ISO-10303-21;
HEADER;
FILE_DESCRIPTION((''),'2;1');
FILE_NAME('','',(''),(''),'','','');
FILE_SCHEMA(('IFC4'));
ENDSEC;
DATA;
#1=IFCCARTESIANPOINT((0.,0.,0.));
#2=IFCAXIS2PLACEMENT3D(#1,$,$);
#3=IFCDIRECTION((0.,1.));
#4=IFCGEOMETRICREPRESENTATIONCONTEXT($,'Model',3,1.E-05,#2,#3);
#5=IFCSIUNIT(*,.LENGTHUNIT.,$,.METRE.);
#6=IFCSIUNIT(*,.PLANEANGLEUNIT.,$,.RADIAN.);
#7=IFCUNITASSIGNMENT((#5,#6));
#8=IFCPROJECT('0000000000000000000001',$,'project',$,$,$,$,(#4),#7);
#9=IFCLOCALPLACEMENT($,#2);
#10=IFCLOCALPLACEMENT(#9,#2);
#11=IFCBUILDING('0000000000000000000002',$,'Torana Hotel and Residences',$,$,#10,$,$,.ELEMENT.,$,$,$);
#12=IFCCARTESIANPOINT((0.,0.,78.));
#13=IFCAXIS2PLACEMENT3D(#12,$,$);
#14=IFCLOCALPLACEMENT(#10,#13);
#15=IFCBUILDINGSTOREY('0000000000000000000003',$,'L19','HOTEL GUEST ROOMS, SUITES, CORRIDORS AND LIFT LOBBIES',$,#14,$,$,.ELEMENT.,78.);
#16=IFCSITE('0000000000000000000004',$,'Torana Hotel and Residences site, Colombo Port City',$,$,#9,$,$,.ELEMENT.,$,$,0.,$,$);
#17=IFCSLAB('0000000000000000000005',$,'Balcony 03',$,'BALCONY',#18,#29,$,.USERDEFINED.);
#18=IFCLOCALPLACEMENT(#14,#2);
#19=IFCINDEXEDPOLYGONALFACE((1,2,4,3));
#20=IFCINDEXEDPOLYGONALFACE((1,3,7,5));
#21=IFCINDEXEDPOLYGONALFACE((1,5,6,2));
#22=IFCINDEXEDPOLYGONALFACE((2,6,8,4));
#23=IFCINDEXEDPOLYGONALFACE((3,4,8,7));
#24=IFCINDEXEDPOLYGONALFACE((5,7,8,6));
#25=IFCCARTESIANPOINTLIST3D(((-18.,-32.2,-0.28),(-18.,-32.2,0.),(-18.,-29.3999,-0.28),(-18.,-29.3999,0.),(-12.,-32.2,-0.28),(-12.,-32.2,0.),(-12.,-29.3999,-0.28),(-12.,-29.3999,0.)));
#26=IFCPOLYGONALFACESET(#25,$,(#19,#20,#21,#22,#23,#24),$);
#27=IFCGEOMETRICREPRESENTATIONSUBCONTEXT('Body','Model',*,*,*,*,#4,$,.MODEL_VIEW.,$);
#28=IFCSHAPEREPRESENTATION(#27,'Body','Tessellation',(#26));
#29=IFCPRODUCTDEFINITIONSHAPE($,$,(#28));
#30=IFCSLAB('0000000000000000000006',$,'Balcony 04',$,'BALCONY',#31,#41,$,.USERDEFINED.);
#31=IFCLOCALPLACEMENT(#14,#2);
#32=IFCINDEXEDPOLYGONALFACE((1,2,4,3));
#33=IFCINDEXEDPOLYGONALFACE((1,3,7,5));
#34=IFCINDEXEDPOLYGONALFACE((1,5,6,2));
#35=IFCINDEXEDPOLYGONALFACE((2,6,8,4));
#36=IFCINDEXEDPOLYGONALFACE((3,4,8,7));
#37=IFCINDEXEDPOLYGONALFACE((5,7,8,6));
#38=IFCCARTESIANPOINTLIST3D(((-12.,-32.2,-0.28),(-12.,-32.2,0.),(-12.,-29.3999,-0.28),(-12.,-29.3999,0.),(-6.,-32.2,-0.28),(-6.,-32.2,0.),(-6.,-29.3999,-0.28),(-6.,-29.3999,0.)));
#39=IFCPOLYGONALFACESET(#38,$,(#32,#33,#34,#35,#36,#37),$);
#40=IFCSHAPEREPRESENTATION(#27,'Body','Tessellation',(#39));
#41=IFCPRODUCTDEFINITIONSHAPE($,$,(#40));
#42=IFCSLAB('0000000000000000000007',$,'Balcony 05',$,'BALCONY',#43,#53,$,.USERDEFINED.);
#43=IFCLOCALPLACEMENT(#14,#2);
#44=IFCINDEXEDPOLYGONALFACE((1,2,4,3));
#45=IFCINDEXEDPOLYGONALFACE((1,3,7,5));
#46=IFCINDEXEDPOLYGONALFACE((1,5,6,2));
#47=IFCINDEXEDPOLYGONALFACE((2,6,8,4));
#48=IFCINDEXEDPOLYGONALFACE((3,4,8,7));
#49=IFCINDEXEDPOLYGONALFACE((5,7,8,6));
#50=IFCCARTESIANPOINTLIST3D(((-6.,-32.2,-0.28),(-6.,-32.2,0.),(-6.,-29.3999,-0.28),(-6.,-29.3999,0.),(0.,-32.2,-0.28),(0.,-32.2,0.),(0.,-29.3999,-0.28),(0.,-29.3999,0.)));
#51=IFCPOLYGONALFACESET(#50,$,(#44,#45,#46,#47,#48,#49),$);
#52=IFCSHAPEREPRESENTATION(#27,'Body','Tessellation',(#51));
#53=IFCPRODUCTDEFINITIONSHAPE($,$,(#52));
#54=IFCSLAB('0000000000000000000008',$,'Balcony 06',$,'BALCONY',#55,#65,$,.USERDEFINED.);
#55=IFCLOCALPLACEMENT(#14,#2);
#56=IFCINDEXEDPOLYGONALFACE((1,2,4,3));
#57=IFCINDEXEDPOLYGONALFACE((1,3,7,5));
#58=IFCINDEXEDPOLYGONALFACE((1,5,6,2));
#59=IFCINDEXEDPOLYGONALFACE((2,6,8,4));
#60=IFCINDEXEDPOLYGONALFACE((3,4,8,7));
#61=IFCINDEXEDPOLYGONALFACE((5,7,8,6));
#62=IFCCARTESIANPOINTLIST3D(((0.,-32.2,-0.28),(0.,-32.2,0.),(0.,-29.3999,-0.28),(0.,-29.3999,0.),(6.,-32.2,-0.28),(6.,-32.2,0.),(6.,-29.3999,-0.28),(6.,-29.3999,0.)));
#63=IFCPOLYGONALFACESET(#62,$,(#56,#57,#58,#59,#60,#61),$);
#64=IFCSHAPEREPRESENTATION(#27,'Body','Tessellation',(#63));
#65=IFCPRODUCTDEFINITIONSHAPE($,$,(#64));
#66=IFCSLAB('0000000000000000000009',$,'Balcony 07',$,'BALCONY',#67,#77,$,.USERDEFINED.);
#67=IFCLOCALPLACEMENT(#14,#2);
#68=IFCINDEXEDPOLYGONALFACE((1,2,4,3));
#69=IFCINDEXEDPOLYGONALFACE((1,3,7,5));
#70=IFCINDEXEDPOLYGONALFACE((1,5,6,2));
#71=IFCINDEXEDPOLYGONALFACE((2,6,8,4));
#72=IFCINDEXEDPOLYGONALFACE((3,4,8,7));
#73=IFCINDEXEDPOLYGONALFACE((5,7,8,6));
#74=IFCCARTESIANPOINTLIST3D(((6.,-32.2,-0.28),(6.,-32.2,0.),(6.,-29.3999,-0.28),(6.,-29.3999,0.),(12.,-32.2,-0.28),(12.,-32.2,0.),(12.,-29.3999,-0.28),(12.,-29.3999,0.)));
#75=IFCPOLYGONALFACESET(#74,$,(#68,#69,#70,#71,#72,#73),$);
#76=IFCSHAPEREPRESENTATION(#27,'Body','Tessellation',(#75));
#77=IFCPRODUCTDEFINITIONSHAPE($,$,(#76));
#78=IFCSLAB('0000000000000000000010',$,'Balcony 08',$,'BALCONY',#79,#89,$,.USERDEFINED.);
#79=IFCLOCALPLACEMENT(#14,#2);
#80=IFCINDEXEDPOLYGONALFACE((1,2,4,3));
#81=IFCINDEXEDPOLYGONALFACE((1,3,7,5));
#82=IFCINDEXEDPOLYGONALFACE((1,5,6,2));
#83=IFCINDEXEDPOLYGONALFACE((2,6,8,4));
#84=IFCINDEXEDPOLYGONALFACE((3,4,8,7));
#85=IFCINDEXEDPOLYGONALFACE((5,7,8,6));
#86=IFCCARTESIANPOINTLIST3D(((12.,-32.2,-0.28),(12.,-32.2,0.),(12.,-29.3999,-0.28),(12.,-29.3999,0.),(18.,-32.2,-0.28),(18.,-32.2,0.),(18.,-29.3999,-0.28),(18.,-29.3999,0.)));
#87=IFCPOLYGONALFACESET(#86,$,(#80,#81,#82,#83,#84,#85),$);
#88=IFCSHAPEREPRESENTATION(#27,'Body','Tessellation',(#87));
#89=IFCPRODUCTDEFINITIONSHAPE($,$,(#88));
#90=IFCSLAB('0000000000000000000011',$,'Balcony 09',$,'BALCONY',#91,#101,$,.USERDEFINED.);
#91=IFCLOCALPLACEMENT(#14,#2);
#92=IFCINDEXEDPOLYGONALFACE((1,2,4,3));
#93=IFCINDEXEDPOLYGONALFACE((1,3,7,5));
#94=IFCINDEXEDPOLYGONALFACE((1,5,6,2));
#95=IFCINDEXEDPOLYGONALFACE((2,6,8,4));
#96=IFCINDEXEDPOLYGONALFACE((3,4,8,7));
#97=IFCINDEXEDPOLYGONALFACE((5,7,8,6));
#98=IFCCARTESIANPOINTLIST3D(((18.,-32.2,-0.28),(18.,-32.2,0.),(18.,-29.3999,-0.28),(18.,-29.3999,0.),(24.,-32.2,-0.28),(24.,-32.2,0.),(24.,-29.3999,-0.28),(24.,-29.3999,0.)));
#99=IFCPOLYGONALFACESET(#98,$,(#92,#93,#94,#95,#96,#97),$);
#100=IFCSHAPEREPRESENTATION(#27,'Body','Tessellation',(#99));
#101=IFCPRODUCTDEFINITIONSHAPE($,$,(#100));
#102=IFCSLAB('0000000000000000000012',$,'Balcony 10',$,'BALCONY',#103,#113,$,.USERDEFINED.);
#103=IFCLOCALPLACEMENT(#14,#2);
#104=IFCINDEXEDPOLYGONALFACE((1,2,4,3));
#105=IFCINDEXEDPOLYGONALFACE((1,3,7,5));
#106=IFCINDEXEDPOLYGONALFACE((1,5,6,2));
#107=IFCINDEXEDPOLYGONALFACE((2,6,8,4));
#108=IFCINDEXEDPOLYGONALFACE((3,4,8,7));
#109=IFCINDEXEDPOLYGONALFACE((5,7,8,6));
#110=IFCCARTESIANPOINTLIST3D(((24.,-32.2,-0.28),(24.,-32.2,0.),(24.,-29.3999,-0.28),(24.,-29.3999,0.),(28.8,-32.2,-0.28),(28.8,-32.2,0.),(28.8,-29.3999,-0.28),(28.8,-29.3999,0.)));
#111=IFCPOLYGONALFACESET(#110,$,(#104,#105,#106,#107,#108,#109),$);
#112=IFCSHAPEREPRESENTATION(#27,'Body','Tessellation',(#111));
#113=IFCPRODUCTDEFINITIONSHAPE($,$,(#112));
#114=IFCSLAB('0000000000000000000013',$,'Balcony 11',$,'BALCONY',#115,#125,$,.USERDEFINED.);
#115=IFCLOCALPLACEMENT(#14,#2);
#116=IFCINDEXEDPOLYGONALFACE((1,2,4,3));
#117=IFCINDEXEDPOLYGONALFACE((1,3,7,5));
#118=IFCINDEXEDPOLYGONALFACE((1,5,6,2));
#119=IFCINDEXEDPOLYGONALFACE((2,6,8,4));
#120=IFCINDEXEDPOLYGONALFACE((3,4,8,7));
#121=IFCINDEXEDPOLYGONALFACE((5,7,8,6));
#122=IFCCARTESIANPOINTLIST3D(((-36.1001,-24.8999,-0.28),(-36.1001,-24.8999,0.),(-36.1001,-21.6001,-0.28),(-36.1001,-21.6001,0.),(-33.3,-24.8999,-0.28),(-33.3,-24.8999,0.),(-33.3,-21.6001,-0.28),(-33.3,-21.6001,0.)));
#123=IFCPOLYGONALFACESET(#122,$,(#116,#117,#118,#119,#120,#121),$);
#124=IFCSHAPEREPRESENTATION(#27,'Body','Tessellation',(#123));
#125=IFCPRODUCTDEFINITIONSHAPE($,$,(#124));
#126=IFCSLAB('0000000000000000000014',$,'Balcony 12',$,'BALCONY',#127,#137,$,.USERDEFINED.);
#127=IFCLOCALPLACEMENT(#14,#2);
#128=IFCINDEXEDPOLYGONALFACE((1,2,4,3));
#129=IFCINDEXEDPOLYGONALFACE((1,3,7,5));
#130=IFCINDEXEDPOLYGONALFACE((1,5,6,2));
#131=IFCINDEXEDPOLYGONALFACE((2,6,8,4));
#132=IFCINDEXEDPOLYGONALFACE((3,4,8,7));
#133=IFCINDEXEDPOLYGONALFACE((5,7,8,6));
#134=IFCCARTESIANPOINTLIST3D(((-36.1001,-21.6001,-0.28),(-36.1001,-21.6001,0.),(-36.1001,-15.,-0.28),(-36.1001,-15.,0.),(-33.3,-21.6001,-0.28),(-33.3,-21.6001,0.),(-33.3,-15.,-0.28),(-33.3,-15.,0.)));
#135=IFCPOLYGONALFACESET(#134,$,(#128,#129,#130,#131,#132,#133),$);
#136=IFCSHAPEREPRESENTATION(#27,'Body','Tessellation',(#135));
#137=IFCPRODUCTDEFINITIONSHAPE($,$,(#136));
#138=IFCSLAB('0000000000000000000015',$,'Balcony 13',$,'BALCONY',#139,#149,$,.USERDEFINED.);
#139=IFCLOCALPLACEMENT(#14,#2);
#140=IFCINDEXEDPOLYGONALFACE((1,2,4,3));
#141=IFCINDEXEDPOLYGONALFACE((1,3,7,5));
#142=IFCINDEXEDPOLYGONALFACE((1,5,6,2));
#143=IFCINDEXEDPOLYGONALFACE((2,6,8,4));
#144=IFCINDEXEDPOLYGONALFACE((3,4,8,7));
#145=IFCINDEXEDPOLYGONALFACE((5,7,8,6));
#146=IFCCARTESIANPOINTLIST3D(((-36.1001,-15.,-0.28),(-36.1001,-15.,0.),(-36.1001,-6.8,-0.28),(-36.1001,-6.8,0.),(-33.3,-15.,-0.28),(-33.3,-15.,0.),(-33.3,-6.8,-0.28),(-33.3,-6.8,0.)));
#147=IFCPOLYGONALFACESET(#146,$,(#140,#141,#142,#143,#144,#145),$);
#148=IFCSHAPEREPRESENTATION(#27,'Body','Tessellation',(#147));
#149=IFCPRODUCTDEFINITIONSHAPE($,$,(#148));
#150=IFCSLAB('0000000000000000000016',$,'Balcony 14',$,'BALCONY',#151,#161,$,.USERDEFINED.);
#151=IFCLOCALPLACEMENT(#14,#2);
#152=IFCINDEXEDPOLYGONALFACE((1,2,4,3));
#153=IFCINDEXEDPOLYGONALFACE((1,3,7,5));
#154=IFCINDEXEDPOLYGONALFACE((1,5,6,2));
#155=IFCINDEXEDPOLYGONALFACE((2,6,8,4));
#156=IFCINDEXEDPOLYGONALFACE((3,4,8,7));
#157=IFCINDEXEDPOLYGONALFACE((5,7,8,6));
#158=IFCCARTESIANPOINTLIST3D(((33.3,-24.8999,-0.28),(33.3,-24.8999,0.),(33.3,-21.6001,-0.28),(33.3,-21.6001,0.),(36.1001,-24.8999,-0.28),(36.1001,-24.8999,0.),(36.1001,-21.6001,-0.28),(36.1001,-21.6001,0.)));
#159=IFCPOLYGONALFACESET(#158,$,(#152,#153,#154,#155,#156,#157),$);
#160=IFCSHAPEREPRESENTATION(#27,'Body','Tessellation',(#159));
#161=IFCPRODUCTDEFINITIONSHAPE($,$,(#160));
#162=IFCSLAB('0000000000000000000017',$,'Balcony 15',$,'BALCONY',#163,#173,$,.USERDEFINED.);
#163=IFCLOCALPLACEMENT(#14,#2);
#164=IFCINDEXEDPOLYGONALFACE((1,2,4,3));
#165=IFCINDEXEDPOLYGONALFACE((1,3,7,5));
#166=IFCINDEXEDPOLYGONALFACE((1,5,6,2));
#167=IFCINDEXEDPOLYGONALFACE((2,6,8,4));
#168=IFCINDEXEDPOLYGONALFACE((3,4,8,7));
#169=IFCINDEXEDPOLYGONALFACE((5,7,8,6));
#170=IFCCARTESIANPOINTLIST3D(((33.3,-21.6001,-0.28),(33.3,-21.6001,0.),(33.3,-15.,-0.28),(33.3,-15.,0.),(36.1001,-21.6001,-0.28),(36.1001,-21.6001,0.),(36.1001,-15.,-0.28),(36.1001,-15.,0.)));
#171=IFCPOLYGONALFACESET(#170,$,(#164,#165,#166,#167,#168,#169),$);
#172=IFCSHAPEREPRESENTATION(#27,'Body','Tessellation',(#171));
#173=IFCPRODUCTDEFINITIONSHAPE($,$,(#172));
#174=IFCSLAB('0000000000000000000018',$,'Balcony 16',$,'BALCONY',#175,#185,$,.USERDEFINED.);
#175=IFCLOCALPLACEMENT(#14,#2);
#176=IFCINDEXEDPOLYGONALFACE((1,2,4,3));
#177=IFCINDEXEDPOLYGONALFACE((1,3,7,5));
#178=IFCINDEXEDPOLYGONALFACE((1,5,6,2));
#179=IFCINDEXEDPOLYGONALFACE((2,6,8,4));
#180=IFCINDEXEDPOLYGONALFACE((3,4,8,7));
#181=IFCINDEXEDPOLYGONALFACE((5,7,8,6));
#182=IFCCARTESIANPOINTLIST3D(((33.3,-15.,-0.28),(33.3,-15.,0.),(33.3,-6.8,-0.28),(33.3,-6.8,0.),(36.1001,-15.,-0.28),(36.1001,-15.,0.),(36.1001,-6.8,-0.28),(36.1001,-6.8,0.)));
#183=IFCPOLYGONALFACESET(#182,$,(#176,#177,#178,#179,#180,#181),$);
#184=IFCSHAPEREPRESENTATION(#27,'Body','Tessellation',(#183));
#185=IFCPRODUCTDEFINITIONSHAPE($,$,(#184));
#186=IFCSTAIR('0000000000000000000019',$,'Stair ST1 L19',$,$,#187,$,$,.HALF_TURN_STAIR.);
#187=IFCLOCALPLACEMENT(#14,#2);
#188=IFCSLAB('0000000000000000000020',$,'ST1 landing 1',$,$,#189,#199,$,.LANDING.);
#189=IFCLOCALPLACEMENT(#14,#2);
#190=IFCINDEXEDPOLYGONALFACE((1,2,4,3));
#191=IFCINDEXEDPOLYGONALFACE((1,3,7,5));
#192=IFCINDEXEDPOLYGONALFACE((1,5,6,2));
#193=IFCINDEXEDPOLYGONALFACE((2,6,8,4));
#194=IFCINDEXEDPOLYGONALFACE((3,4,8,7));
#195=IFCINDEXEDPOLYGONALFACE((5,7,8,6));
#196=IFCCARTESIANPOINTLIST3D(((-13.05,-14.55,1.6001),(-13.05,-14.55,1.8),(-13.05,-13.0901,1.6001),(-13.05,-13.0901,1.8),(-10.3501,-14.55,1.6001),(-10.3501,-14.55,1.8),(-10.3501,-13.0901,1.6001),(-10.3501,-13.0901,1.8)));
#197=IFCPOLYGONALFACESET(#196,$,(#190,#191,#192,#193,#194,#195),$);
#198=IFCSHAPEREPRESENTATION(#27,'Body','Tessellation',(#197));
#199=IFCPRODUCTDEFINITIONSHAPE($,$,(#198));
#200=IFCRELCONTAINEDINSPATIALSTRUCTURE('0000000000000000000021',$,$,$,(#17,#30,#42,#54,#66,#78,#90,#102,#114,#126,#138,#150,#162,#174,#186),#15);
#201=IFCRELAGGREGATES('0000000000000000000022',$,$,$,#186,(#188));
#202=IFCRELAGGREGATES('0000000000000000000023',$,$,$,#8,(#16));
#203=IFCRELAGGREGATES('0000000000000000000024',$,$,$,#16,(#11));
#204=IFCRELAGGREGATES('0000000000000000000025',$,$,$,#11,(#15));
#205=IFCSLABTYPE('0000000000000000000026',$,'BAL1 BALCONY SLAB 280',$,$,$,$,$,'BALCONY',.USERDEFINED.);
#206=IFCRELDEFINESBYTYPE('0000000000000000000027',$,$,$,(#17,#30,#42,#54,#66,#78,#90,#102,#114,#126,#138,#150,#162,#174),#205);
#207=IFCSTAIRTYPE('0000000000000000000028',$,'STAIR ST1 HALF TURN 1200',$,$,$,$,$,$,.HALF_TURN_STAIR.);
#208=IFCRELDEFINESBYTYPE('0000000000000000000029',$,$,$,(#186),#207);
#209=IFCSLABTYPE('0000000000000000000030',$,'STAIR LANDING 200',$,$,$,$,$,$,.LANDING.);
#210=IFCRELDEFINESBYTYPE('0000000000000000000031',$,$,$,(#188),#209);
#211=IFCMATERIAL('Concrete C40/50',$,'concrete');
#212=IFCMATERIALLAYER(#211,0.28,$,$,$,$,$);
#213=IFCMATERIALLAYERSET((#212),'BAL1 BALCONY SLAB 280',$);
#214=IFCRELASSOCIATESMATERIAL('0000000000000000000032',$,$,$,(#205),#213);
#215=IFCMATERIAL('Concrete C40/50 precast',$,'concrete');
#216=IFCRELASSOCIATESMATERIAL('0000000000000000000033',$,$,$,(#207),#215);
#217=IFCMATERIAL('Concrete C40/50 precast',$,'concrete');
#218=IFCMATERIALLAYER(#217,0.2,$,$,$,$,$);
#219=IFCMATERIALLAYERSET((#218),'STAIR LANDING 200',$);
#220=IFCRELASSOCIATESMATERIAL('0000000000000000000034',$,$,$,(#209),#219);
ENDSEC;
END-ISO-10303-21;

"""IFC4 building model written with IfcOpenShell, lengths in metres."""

from ifc_helpers import new_model, si_unit, direction, frame, origin, place, context, subcontext, project, spatial, polyline, outline, extrude, material, layer, layer_set, type_object, element, aggregate, save


model = new_model("IFC4")

# Units and contexts
model_context = context("Model", 3, precision=1e-05, world=origin(), true_north=direction((0.0, 1.0)))
body_context = subcontext(model_context, "Body", "Model", "MODEL_VIEW")
ifc_project = project(units=[si_unit("LENGTHUNIT", "METRE"), si_unit("PLANEANGLEUNIT", "RADIAN")], contexts=[model_context])

# Site, building, storey
site_placement = place(None, origin())
site = spatial("IfcSite", under=ifc_project, at=site_placement, Name="Torana Hotel and Residences site, Colombo Port City", CompositionType="ELEMENT", RefElevation=0.0)
building_placement = place(site_placement, origin())
building = spatial("IfcBuilding", under=site, at=building_placement, Name="Torana Hotel and Residences", CompositionType="ELEMENT")
storey_placement = place(building_placement, frame((0.0, 0.0, 78.0)))
storey = spatial("IfcBuildingStorey", under=building, at=storey_placement, Name="L19", Description="HOTEL GUEST ROOMS, SUITES, CORRIDORS AND LIFT LOBBIES", CompositionType="ELEMENT", Elevation=78.0)

# Slabs
ifc_material_1 = material(Name="Concrete C40/50", Category="concrete")
ifc_layer_1 = layer(ifc_material_1, 0.28)
ifc_layer_set_1 = layer_set([ifc_layer_1], Name="BAL1 BALCONY SLAB 280")
slab_type_1 = type_object("IfcSlabType", Name="BAL1 BALCONY SLAB 280", ElementType="BALCONY", PredefinedType="USERDEFINED", material=ifc_layer_set_1)
slab_1_placement = place(storey_placement, frame((0.0, 0.0, -0.28)))
element("IfcSlab", 1, at=slab_1_placement, inside=storey, type_object=slab_type_1, Name="Balcony 03", ObjectType="BALCONY", PredefinedType="USERDEFINED", context=body_context, shape_type="SweptSolid", body=[
    extrude(outline(polyline([(-18.0, -32.2), (-12.0, -32.2), (-12.0, -29.3999), (-18.0, -29.3999), (-18.0, -32.2)])), origin(), (0.0, 0.0, 1.0), 0.28),
])
slab_2_placement = place(storey_placement, frame((0.0, 0.0, -0.28)))
element("IfcSlab", 2, at=slab_2_placement, inside=storey, type_object=slab_type_1, Name="Balcony 04", ObjectType="BALCONY", PredefinedType="USERDEFINED", context=body_context, shape_type="SweptSolid", body=[
    extrude(outline(polyline([(-12.0, -32.2), (-6.0, -32.2), (-6.0, -29.3999), (-12.0, -29.3999), (-12.0, -32.2)])), origin(), (0.0, 0.0, 1.0), 0.28),
])
slab_3_placement = place(storey_placement, frame((0.0, 0.0, -0.28)))
element("IfcSlab", 3, at=slab_3_placement, inside=storey, type_object=slab_type_1, Name="Balcony 05", ObjectType="BALCONY", PredefinedType="USERDEFINED", context=body_context, shape_type="SweptSolid", body=[
    extrude(outline(polyline([(-6.0, -32.2), (0.0, -32.2), (0.0, -29.3999), (-6.0, -29.3999), (-6.0, -32.2)])), origin(), (0.0, 0.0, 1.0), 0.28),
])
slab_4_placement = place(storey_placement, frame((0.0, 0.0, -0.28)))
element("IfcSlab", 4, at=slab_4_placement, inside=storey, type_object=slab_type_1, Name="Balcony 06", ObjectType="BALCONY", PredefinedType="USERDEFINED", context=body_context, shape_type="SweptSolid", body=[
    extrude(outline(polyline([(0.0, -32.2), (6.0, -32.2), (6.0, -29.3999), (0.0, -29.3999), (0.0, -32.2)])), origin(), (0.0, 0.0, 1.0), 0.28),
])
slab_5_placement = place(storey_placement, frame((0.0, 0.0, -0.28)))
element("IfcSlab", 5, at=slab_5_placement, inside=storey, type_object=slab_type_1, Name="Balcony 07", ObjectType="BALCONY", PredefinedType="USERDEFINED", context=body_context, shape_type="SweptSolid", body=[
    extrude(outline(polyline([(6.0, -32.2), (12.0, -32.2), (12.0, -29.3999), (6.0, -29.3999), (6.0, -32.2)])), origin(), (0.0, 0.0, 1.0), 0.28),
])
slab_6_placement = place(storey_placement, frame((0.0, 0.0, -0.28)))
element("IfcSlab", 6, at=slab_6_placement, inside=storey, type_object=slab_type_1, Name="Balcony 08", ObjectType="BALCONY", PredefinedType="USERDEFINED", context=body_context, shape_type="SweptSolid", body=[
    extrude(outline(polyline([(12.0, -32.2), (18.0, -32.2), (18.0, -29.3999), (12.0, -29.3999), (12.0, -32.2)])), origin(), (0.0, 0.0, 1.0), 0.28),
])
slab_7_placement = place(storey_placement, frame((0.0, 0.0, -0.28)))
element("IfcSlab", 7, at=slab_7_placement, inside=storey, type_object=slab_type_1, Name="Balcony 09", ObjectType="BALCONY", PredefinedType="USERDEFINED", context=body_context, shape_type="SweptSolid", body=[
    extrude(outline(polyline([(18.0, -32.2), (24.0, -32.2), (24.0, -29.3999), (18.0, -29.3999), (18.0, -32.2)])), origin(), (0.0, 0.0, 1.0), 0.28),
])
slab_8_placement = place(storey_placement, frame((0.0, 0.0, -0.28)))
element("IfcSlab", 8, at=slab_8_placement, inside=storey, type_object=slab_type_1, Name="Balcony 10", ObjectType="BALCONY", PredefinedType="USERDEFINED", context=body_context, shape_type="SweptSolid", body=[
    extrude(outline(polyline([(24.0, -32.2), (28.8, -32.2), (28.8, -29.3999), (24.0, -29.3999), (24.0, -32.2)])), origin(), (0.0, 0.0, 1.0), 0.28),
])
slab_9_placement = place(storey_placement, frame((0.0, 0.0, -0.28)))
element("IfcSlab", 9, at=slab_9_placement, inside=storey, type_object=slab_type_1, Name="Balcony 11", ObjectType="BALCONY", PredefinedType="USERDEFINED", context=body_context, shape_type="SweptSolid", body=[
    extrude(outline(polyline([(-36.1001, -24.8999), (-33.3, -24.8999), (-33.3, -21.6001), (-36.1001, -21.6001), (-36.1001, -24.8999)])), origin(), (0.0, 0.0, 1.0), 0.28),
])
slab_10_placement = place(storey_placement, frame((0.0, 0.0, -0.28)))
element("IfcSlab", 10, at=slab_10_placement, inside=storey, type_object=slab_type_1, Name="Balcony 12", ObjectType="BALCONY", PredefinedType="USERDEFINED", context=body_context, shape_type="SweptSolid", body=[
    extrude(outline(polyline([(-36.1001, -21.6001), (-33.3, -21.6001), (-33.3, -15.0), (-36.1001, -15.0), (-36.1001, -21.6001)])), origin(), (0.0, 0.0, 1.0), 0.28),
])
slab_11_placement = place(storey_placement, frame((0.0, 0.0, -0.28)))
element("IfcSlab", 11, at=slab_11_placement, inside=storey, type_object=slab_type_1, Name="Balcony 13", ObjectType="BALCONY", PredefinedType="USERDEFINED", context=body_context, shape_type="SweptSolid", body=[
    extrude(outline(polyline([(-36.1001, -15.0), (-33.3, -15.0), (-33.3, -6.8), (-36.1001, -6.8), (-36.1001, -15.0)])), origin(), (0.0, 0.0, 1.0), 0.28),
])
slab_12_placement = place(storey_placement, frame((0.0, 0.0, -0.28)))
element("IfcSlab", 12, at=slab_12_placement, inside=storey, type_object=slab_type_1, Name="Balcony 14", ObjectType="BALCONY", PredefinedType="USERDEFINED", context=body_context, shape_type="SweptSolid", body=[
    extrude(outline(polyline([(33.3, -24.8999), (36.1001, -24.8999), (36.1001, -21.6001), (33.3, -21.6001), (33.3, -24.8999)])), origin(), (0.0, 0.0, 1.0), 0.28),
])
slab_13_placement = place(storey_placement, frame((0.0, 0.0, -0.28)))
element("IfcSlab", 13, at=slab_13_placement, inside=storey, type_object=slab_type_1, Name="Balcony 15", ObjectType="BALCONY", PredefinedType="USERDEFINED", context=body_context, shape_type="SweptSolid", body=[
    extrude(outline(polyline([(33.3, -21.6001), (36.1001, -21.6001), (36.1001, -15.0), (33.3, -15.0), (33.3, -21.6001)])), origin(), (0.0, 0.0, 1.0), 0.28),
])
slab_14_placement = place(storey_placement, frame((0.0, 0.0, -0.28)))
element("IfcSlab", 14, at=slab_14_placement, inside=storey, type_object=slab_type_1, Name="Balcony 16", ObjectType="BALCONY", PredefinedType="USERDEFINED", context=body_context, shape_type="SweptSolid", body=[
    extrude(outline(polyline([(33.3, -15.0), (36.1001, -15.0), (36.1001, -6.8), (33.3, -6.8), (33.3, -15.0)])), origin(), (0.0, 0.0, 1.0), 0.28),
])

# Stair, slab
ifc_material_2 = material(Name="Concrete C40/50 precast", Category="concrete")
stair_type_1 = type_object("IfcStairType", Name="STAIR ST1 HALF TURN 1200", PredefinedType="HALF_TURN_STAIR", material=ifc_material_2)
stair_1_placement = place(storey_placement, origin())
stair_1 = element("IfcStair", 15, at=stair_1_placement, inside=storey, type_object=stair_type_1, Name="Stair ST1 L19", PredefinedType="HALF_TURN_STAIR")
ifc_material_3 = material(Name="Concrete C40/50 precast", Category="concrete")
ifc_layer_2 = layer(ifc_material_3, 0.2)
ifc_layer_set_2 = layer_set([ifc_layer_2], Name="STAIR LANDING 200")
slab_type_2 = type_object("IfcSlabType", Name="STAIR LANDING 200", PredefinedType="LANDING", material=ifc_layer_set_2)
slab_15_placement = place(storey_placement, frame((0.0, 0.0, 1.6001)))
slab_15 = element("IfcSlab", 16, at=slab_15_placement, type_object=slab_type_2, Name="ST1 landing 1", PredefinedType="LANDING", context=body_context, shape_type="SweptSolid", body=[
    extrude(outline(polyline([(-13.05, -14.55), (-10.3501, -14.55), (-10.3501, -13.0901), (-13.05, -13.0901), (-13.05, -14.55)])), origin(), (0.0, 0.0, 1.0), 0.2),
])
aggregate(stair_1, [slab_15])

save(model, "model.ifc")
